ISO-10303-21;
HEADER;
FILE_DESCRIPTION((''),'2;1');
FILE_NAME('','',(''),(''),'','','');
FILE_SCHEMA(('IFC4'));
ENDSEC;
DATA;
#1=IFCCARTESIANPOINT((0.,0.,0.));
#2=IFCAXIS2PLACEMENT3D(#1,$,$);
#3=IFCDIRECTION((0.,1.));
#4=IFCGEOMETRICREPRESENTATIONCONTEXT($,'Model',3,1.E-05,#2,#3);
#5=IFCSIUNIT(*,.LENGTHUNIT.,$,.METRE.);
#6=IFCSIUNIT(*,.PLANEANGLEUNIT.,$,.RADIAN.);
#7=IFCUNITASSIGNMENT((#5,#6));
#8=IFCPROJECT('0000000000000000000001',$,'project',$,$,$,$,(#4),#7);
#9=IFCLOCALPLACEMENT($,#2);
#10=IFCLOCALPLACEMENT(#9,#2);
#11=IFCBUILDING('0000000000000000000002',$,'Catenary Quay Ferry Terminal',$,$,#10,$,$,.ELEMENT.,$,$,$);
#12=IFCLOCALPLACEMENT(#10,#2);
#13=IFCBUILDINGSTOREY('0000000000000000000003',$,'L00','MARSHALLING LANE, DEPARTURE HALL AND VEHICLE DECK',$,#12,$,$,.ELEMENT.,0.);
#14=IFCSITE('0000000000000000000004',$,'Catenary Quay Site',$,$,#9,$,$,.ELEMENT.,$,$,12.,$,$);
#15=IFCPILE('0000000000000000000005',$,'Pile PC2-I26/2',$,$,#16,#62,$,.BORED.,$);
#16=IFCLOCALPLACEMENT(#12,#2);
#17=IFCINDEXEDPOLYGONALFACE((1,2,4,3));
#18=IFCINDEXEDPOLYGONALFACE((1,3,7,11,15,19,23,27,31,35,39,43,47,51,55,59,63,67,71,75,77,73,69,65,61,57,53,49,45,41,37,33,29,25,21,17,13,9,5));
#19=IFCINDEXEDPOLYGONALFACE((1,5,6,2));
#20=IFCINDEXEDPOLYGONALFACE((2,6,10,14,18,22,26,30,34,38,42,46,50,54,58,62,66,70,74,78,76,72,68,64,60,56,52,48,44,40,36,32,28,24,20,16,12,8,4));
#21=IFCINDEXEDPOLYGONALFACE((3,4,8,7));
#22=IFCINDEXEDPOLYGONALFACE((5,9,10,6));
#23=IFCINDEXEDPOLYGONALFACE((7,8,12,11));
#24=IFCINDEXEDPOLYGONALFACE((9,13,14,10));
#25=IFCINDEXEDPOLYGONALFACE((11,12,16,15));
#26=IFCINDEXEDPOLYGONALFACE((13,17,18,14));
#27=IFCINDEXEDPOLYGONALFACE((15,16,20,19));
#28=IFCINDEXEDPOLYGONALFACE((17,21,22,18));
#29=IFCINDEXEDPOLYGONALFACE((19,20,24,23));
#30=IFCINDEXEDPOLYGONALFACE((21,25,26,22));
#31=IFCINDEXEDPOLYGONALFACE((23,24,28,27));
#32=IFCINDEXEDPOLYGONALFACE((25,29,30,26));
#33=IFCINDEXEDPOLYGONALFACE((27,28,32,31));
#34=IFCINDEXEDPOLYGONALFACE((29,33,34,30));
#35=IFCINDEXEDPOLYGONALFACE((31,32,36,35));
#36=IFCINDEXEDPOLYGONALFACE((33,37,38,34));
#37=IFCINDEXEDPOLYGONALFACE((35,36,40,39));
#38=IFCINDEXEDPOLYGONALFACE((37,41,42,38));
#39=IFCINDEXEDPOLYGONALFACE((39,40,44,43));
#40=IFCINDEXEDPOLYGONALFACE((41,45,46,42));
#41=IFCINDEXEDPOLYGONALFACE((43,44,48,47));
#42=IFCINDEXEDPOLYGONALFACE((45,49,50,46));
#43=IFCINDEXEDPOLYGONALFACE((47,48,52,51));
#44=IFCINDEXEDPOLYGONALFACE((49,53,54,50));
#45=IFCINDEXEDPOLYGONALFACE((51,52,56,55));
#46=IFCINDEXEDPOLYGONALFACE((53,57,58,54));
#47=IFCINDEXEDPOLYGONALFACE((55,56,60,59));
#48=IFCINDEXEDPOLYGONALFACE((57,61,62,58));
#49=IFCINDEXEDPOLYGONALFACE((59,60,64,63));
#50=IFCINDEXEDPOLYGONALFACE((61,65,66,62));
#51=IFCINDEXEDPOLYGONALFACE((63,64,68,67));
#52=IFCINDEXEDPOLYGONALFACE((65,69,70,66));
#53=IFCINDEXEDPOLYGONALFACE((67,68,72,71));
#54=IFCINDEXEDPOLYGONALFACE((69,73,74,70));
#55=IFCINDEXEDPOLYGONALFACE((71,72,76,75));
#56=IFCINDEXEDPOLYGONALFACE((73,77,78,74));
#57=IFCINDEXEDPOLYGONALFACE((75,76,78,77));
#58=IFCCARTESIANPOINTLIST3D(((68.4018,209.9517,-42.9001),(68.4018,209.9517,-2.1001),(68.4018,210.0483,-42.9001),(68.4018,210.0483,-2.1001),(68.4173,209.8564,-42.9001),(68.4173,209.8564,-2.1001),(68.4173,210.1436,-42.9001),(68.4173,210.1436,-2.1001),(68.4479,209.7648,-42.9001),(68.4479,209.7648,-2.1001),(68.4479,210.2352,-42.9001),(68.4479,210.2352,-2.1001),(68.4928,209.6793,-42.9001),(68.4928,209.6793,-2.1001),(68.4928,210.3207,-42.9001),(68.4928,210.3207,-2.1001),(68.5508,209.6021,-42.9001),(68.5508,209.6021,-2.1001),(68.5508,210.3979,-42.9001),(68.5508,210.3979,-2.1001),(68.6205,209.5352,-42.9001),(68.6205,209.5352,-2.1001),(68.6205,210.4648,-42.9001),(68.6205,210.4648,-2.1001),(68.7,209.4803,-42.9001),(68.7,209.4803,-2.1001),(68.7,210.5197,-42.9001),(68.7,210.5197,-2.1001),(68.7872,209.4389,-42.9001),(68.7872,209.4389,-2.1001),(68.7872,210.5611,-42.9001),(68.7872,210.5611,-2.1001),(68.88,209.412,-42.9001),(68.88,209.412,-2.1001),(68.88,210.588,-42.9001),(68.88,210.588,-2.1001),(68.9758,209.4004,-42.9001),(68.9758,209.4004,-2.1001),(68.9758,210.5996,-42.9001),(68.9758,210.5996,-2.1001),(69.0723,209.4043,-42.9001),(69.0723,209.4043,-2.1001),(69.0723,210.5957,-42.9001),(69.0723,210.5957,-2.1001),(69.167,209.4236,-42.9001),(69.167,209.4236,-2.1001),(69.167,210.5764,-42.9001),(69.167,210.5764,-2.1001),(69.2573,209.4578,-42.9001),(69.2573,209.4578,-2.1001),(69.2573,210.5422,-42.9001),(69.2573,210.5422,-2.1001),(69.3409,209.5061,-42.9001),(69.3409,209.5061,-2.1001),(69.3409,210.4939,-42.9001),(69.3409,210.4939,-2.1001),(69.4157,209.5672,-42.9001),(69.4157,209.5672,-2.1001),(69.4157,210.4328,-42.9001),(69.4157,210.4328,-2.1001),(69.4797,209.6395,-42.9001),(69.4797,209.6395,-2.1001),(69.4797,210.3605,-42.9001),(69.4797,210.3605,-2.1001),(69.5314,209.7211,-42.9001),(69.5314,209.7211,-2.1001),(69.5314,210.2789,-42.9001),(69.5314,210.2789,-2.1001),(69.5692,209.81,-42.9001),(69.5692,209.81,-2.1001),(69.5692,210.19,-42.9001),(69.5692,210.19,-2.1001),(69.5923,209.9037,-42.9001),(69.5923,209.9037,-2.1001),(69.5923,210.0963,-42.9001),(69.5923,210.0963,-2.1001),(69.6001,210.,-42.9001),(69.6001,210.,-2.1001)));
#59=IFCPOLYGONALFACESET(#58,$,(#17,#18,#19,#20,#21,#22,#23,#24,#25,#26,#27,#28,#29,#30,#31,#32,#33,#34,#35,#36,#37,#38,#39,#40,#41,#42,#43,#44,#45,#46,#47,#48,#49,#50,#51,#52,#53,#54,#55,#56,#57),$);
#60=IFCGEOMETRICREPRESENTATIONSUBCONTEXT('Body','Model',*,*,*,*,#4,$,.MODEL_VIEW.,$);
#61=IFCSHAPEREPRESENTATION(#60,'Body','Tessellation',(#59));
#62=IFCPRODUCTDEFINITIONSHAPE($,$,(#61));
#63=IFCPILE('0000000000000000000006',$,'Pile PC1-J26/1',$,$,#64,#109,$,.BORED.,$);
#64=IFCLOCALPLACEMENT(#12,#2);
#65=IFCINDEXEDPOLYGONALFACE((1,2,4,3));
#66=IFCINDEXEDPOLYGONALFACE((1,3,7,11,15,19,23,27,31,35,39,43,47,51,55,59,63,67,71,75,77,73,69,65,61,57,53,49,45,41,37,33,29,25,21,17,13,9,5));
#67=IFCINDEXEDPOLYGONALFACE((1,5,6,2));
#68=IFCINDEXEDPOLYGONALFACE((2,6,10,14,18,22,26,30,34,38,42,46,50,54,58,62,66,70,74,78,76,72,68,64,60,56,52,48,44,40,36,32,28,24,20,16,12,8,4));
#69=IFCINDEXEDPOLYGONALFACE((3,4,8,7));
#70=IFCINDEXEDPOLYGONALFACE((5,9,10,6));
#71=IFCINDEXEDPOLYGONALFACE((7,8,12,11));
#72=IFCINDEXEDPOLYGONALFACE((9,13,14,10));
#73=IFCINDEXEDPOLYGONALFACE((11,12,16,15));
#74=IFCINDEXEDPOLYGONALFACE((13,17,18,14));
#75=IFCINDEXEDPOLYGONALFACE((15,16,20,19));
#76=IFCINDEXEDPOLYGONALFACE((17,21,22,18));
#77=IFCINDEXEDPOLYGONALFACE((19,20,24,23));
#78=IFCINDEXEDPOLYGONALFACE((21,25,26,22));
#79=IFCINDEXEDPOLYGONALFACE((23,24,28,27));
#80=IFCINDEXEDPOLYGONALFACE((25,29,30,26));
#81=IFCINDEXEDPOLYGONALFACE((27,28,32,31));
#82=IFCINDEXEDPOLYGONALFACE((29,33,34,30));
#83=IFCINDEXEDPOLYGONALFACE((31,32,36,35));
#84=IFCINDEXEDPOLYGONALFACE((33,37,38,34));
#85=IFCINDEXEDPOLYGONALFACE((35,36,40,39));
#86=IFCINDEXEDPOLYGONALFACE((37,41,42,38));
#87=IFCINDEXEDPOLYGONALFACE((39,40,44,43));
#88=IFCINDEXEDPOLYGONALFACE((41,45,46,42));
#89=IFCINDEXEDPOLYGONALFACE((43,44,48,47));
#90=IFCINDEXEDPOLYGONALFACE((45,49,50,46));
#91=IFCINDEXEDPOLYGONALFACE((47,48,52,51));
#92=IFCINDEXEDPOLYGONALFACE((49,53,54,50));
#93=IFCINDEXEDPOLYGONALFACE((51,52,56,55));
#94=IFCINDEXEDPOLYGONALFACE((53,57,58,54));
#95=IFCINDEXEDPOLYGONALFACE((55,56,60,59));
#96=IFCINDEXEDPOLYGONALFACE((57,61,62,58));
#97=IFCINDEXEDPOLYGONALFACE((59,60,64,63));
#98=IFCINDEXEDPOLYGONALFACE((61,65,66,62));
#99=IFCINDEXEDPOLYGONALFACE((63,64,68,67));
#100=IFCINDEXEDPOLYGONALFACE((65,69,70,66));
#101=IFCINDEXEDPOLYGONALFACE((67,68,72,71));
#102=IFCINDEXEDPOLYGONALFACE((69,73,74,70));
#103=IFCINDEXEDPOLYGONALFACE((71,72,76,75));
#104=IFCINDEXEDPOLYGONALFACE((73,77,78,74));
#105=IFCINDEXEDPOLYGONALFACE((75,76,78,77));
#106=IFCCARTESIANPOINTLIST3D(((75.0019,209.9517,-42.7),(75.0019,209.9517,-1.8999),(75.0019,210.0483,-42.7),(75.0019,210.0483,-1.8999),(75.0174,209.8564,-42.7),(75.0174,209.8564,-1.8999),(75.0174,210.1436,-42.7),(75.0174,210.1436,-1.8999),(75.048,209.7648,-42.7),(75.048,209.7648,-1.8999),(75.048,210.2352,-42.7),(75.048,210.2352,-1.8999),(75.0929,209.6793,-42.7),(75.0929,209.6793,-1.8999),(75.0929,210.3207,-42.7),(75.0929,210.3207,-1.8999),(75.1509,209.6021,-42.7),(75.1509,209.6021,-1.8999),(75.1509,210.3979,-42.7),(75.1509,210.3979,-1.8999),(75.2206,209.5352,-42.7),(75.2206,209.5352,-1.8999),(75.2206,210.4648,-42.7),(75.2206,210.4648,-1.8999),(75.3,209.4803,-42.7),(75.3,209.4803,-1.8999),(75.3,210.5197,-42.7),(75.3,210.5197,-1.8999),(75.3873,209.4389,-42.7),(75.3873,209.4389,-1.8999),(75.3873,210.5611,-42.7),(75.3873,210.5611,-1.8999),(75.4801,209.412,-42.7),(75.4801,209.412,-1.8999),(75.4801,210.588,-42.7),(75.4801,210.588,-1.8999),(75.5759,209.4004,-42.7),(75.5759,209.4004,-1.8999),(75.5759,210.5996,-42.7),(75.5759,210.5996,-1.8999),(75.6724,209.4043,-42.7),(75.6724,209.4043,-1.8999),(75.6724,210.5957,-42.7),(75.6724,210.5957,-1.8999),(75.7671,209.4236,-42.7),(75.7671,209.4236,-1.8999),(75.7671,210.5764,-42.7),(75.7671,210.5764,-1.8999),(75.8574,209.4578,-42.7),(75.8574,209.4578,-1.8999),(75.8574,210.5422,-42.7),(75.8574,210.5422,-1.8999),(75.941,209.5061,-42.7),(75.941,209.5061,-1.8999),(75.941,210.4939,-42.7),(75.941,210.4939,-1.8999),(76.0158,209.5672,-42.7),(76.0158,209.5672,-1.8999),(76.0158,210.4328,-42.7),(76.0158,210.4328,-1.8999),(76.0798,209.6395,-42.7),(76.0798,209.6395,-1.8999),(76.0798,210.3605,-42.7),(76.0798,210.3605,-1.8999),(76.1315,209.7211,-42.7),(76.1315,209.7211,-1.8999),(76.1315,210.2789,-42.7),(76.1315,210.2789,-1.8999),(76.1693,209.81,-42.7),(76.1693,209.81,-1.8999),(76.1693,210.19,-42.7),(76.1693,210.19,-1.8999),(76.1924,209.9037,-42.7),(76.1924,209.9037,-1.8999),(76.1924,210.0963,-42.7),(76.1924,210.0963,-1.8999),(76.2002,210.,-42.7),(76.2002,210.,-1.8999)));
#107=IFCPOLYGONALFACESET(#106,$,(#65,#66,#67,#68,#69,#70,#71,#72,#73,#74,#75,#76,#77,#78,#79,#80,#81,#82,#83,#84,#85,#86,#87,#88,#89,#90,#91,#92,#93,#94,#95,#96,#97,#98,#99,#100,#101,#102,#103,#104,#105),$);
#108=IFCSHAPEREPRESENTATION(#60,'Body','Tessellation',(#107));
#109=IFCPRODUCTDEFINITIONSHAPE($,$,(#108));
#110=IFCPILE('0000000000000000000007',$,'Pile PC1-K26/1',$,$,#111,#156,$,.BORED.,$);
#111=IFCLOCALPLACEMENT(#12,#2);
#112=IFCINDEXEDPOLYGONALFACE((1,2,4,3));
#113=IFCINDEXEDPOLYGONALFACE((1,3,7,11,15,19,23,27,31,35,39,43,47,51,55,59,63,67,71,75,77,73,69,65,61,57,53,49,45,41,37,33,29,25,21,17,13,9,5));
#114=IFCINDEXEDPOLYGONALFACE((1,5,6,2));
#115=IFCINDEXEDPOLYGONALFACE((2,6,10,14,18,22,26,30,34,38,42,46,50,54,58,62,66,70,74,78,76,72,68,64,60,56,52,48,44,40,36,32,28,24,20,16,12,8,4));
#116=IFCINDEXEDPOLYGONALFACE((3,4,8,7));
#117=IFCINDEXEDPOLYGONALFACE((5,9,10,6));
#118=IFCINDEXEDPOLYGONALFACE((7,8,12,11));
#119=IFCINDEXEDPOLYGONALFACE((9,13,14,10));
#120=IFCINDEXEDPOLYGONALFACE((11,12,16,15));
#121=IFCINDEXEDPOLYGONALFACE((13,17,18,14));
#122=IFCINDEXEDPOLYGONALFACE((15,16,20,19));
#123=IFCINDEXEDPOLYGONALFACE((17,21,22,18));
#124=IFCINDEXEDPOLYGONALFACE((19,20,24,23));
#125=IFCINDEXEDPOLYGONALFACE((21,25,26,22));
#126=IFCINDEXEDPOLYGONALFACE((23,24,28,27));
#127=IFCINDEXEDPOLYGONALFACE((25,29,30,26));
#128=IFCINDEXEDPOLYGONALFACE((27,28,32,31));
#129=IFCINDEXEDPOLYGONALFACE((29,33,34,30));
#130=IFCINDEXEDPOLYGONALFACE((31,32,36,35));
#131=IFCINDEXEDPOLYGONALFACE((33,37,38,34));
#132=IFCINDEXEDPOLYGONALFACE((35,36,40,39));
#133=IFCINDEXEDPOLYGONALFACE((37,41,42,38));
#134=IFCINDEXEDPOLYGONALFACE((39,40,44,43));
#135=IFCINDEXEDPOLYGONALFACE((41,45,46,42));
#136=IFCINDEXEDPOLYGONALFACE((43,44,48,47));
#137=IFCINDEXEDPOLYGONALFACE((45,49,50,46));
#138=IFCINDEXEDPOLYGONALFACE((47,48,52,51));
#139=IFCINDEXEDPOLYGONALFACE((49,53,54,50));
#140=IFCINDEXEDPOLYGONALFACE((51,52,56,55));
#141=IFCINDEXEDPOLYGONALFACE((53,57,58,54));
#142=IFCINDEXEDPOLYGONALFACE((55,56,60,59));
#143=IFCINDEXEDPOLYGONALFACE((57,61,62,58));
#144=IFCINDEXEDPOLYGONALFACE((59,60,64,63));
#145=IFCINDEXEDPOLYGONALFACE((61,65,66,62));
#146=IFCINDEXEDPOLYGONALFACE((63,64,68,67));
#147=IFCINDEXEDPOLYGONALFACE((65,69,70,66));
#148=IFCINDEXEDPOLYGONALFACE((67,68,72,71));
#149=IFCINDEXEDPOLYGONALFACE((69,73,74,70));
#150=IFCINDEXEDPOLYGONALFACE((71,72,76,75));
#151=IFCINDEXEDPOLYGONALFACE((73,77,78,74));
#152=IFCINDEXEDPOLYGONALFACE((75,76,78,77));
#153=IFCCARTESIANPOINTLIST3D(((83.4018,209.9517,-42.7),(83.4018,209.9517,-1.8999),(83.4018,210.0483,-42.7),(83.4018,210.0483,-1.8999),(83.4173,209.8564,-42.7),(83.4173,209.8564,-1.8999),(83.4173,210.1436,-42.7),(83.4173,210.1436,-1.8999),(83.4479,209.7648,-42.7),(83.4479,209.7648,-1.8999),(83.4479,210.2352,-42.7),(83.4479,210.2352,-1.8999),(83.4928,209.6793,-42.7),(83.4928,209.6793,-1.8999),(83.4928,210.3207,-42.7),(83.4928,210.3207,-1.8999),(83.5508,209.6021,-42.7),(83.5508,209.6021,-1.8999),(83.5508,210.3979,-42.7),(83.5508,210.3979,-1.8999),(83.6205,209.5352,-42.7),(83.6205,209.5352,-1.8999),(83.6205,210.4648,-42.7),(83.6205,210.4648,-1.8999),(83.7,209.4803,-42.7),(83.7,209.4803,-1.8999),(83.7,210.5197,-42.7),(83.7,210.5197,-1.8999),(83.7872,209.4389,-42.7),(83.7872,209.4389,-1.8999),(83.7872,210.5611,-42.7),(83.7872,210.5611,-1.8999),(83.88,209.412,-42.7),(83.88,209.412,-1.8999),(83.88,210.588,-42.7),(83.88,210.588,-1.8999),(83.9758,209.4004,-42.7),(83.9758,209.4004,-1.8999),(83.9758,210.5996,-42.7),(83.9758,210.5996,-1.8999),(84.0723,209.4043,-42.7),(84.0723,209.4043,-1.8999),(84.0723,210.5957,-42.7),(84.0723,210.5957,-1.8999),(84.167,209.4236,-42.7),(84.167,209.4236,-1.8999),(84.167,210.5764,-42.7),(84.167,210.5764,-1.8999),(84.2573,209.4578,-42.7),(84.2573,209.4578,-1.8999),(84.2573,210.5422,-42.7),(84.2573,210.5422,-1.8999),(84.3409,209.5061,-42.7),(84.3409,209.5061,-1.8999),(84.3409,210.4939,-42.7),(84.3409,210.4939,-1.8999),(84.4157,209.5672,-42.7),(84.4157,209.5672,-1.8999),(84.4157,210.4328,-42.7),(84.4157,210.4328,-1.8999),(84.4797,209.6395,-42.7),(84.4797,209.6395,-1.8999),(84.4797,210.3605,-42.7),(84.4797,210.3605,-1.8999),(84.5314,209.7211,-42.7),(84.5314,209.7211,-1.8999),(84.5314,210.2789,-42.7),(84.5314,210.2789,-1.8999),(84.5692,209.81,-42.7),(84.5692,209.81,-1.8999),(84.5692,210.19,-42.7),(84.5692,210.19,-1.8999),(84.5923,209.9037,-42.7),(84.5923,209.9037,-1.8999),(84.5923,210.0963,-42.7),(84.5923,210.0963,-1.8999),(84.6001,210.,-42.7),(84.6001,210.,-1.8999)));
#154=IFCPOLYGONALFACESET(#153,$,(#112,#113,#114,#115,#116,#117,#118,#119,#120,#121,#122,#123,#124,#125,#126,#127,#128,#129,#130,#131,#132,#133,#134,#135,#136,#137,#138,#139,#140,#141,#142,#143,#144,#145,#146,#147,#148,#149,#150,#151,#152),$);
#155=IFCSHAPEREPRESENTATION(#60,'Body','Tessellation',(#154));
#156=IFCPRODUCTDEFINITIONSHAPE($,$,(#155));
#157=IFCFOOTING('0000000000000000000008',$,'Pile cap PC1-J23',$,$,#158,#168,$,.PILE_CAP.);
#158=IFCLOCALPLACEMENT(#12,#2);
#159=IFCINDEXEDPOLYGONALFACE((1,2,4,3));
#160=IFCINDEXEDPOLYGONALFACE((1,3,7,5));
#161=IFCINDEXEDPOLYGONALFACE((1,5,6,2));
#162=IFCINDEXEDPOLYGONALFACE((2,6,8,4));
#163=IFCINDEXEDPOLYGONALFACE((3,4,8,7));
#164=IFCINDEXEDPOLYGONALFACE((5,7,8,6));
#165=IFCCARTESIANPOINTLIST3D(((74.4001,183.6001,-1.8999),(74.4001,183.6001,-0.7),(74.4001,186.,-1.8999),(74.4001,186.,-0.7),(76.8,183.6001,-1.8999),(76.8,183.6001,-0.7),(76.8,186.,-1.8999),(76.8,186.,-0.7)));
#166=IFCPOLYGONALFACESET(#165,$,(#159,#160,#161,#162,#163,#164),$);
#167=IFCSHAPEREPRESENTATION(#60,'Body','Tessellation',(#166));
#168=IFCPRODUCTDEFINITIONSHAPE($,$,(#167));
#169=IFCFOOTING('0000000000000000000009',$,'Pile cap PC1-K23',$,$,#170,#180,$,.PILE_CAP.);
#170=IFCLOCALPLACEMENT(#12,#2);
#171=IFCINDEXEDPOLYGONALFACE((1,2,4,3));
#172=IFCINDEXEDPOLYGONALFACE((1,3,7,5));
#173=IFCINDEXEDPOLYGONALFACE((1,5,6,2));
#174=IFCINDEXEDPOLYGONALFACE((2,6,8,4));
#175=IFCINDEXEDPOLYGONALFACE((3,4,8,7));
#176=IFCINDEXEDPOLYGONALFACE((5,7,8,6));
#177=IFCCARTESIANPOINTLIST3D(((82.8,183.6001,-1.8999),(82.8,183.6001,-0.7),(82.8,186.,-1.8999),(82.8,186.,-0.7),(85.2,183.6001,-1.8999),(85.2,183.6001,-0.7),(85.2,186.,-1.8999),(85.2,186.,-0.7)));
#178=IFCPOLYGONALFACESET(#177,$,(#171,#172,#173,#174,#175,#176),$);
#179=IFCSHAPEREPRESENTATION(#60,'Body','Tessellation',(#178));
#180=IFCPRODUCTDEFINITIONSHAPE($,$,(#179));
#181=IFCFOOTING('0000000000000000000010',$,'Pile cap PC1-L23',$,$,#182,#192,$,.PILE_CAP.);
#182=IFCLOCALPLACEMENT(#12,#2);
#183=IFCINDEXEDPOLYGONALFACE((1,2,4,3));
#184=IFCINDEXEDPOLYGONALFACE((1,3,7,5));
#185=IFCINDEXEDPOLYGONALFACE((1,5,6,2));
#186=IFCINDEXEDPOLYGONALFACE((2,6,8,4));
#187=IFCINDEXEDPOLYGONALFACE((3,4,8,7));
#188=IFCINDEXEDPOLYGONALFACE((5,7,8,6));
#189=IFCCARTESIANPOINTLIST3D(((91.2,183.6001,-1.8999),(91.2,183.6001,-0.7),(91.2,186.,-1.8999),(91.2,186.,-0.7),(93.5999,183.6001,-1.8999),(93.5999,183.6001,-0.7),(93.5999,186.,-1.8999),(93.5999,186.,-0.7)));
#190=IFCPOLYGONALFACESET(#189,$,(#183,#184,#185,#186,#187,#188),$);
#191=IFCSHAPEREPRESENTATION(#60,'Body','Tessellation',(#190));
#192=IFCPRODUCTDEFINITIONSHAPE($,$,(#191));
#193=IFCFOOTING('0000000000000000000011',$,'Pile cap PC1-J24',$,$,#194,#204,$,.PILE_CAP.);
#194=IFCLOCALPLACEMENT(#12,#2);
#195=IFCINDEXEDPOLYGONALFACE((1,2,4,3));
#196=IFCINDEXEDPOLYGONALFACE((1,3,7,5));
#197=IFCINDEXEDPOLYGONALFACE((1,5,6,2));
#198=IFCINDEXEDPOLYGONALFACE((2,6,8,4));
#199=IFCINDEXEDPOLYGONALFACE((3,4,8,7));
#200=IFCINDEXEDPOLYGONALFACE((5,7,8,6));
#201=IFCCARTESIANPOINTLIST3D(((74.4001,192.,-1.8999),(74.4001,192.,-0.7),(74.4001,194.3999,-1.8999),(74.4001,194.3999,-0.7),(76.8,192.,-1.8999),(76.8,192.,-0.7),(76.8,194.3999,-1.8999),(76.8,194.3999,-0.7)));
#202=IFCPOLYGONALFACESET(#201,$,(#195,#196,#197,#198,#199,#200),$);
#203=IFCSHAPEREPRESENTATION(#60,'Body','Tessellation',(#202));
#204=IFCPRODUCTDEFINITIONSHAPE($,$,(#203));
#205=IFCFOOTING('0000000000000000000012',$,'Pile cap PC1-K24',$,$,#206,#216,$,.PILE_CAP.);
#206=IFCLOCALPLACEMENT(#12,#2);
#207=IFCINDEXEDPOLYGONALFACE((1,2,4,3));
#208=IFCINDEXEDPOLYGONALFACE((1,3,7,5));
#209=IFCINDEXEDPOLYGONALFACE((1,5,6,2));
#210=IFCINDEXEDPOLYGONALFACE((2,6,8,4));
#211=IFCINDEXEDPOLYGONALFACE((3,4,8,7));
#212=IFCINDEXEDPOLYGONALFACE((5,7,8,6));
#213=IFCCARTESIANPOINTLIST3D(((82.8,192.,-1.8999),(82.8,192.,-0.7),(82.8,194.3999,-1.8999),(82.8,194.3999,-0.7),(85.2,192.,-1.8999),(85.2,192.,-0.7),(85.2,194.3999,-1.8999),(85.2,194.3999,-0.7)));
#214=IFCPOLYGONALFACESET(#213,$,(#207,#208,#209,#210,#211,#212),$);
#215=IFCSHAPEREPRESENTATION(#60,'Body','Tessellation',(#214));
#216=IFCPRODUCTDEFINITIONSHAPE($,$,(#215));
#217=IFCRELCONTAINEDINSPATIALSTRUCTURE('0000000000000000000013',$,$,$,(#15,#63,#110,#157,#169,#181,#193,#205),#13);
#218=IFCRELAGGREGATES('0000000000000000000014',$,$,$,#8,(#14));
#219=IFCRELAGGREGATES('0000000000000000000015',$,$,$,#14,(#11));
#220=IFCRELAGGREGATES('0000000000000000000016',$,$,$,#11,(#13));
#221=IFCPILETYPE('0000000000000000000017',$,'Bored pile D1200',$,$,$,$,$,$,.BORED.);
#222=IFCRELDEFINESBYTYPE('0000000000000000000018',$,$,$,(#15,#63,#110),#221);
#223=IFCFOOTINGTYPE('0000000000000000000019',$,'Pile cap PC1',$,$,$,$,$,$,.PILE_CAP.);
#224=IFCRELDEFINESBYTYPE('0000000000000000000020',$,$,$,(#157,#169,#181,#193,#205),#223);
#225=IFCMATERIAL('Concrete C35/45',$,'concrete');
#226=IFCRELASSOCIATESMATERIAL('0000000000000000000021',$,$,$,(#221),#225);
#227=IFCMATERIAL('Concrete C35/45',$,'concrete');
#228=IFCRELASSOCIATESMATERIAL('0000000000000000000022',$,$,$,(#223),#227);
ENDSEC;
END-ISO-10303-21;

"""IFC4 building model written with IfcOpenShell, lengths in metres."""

from ifc_helpers import new_model, si_unit, direction, frame, origin, origin_2d, place, context, subcontext, project, spatial, rectangle, circle, extrude, material, material_profile, profile_set, type_object, element, save


model = new_model("IFC4")

# Units and contexts
model_context = context("Model", 3, precision=1e-05, world=origin(), true_north=direction((0.0, 1.0)))
body_context = subcontext(model_context, "Body", "Model", "MODEL_VIEW")
ifc_project = project(units=[si_unit("LENGTHUNIT", "METRE"), si_unit("PLANEANGLEUNIT", "RADIAN")], contexts=[model_context])

# Site, building, storey
site_placement = place(None, origin())
site = spatial("IfcSite", under=ifc_project, at=site_placement, Name="Catenary Quay Site", CompositionType="ELEMENT", RefElevation=12.0)
building_placement = place(site_placement, origin())
building = spatial("IfcBuilding", under=site, at=building_placement, Name="Catenary Quay Ferry Terminal", CompositionType="ELEMENT")
storey_placement = place(building_placement, origin())
storey = spatial("IfcBuildingStorey", under=building, at=storey_placement, Name="L00", Description="MARSHALLING LANE, DEPARTURE HALL AND VEHICLE DECK", CompositionType="ELEMENT", Elevation=0.0)

# Piles
ifc_material_1 = material(Name="Concrete C35/45", Category="concrete")
ifc_material_profile = material_profile(ifc_material_1, circle(Radius=0.6001, at=origin_2d()), Name="D1200")
ifc_profile_set = profile_set([ifc_material_profile], Name="Concrete C35/45")
pile_type = type_object("IfcPileType", Name="Bored pile D1200", PredefinedType="BORED", material=ifc_profile_set)
for number, where, z_axis, x_axis, name in (
    (1, (69.0, 210.0, -2.1001), (0.0, 0.0, -1.0), (1.0, 0.0, 0.0), "Pile PC2-I26/2"),
    (2, (75.6001, 210.0, -1.8999), (0.0, 0.0, -1.0), (1.0, 0.0, 0.0), "Pile PC1-J26/1"),
    (3, (84.0, 210.0, -1.8999), (0.0, 0.0, -1.0), (1.0, 0.0, 0.0), "Pile PC1-K26/1"),
):
    element("IfcPile", number, at=place(storey_placement, frame(where, z_axis=z_axis, x_axis=x_axis)), inside=storey, type_object=pile_type, Name=name, PredefinedType="BORED", context=body_context, shape_type="SweptSolid", body=[
        extrude(circle(Radius=0.6001, at=origin_2d()), origin(), (0.0, 0.0, 1.0), 40.8),
    ])

# Footings
ifc_material_2 = material(Name="Concrete C35/45", Category="concrete")
footing_type = type_object("IfcFootingType", Name="Pile cap PC1", PredefinedType="PILE_CAP", material=ifc_material_2)
for number, where, z_axis, x_axis, name in (
    (4, (75.6001, 184.8, -1.8999), (0.0, 0.0, 1.0), (1.0, 0.0, 0.0), "Pile cap PC1-J23"),
    (5, (84.0, 184.8, -1.8999), (0.0, 0.0, 1.0), (1.0, 0.0, 0.0), "Pile cap PC1-K23"),
    (6, (92.3999, 184.8, -1.8999), (0.0, 0.0, 1.0), (1.0, 0.0, 0.0), "Pile cap PC1-L23"),
    (7, (75.6001, 193.2, -1.8999), (0.0, 0.0, 1.0), (1.0, 0.0, 0.0), "Pile cap PC1-J24"),
    (8, (84.0, 193.2, -1.8999), (0.0, 0.0, 1.0), (1.0, 0.0, 0.0), "Pile cap PC1-K24"),
):
    element("IfcFooting", number, at=place(storey_placement, frame(where, z_axis=z_axis, x_axis=x_axis)), inside=storey, type_object=footing_type, Name=name, PredefinedType="PILE_CAP", context=body_context, shape_type="SweptSolid", body=[
        extrude(rectangle(XDim=2.3999, YDim=2.3999, at=origin_2d()), origin(), (0.0, 0.0, 1.0), 1.2),
    ])

save(model, "model.ifc")
